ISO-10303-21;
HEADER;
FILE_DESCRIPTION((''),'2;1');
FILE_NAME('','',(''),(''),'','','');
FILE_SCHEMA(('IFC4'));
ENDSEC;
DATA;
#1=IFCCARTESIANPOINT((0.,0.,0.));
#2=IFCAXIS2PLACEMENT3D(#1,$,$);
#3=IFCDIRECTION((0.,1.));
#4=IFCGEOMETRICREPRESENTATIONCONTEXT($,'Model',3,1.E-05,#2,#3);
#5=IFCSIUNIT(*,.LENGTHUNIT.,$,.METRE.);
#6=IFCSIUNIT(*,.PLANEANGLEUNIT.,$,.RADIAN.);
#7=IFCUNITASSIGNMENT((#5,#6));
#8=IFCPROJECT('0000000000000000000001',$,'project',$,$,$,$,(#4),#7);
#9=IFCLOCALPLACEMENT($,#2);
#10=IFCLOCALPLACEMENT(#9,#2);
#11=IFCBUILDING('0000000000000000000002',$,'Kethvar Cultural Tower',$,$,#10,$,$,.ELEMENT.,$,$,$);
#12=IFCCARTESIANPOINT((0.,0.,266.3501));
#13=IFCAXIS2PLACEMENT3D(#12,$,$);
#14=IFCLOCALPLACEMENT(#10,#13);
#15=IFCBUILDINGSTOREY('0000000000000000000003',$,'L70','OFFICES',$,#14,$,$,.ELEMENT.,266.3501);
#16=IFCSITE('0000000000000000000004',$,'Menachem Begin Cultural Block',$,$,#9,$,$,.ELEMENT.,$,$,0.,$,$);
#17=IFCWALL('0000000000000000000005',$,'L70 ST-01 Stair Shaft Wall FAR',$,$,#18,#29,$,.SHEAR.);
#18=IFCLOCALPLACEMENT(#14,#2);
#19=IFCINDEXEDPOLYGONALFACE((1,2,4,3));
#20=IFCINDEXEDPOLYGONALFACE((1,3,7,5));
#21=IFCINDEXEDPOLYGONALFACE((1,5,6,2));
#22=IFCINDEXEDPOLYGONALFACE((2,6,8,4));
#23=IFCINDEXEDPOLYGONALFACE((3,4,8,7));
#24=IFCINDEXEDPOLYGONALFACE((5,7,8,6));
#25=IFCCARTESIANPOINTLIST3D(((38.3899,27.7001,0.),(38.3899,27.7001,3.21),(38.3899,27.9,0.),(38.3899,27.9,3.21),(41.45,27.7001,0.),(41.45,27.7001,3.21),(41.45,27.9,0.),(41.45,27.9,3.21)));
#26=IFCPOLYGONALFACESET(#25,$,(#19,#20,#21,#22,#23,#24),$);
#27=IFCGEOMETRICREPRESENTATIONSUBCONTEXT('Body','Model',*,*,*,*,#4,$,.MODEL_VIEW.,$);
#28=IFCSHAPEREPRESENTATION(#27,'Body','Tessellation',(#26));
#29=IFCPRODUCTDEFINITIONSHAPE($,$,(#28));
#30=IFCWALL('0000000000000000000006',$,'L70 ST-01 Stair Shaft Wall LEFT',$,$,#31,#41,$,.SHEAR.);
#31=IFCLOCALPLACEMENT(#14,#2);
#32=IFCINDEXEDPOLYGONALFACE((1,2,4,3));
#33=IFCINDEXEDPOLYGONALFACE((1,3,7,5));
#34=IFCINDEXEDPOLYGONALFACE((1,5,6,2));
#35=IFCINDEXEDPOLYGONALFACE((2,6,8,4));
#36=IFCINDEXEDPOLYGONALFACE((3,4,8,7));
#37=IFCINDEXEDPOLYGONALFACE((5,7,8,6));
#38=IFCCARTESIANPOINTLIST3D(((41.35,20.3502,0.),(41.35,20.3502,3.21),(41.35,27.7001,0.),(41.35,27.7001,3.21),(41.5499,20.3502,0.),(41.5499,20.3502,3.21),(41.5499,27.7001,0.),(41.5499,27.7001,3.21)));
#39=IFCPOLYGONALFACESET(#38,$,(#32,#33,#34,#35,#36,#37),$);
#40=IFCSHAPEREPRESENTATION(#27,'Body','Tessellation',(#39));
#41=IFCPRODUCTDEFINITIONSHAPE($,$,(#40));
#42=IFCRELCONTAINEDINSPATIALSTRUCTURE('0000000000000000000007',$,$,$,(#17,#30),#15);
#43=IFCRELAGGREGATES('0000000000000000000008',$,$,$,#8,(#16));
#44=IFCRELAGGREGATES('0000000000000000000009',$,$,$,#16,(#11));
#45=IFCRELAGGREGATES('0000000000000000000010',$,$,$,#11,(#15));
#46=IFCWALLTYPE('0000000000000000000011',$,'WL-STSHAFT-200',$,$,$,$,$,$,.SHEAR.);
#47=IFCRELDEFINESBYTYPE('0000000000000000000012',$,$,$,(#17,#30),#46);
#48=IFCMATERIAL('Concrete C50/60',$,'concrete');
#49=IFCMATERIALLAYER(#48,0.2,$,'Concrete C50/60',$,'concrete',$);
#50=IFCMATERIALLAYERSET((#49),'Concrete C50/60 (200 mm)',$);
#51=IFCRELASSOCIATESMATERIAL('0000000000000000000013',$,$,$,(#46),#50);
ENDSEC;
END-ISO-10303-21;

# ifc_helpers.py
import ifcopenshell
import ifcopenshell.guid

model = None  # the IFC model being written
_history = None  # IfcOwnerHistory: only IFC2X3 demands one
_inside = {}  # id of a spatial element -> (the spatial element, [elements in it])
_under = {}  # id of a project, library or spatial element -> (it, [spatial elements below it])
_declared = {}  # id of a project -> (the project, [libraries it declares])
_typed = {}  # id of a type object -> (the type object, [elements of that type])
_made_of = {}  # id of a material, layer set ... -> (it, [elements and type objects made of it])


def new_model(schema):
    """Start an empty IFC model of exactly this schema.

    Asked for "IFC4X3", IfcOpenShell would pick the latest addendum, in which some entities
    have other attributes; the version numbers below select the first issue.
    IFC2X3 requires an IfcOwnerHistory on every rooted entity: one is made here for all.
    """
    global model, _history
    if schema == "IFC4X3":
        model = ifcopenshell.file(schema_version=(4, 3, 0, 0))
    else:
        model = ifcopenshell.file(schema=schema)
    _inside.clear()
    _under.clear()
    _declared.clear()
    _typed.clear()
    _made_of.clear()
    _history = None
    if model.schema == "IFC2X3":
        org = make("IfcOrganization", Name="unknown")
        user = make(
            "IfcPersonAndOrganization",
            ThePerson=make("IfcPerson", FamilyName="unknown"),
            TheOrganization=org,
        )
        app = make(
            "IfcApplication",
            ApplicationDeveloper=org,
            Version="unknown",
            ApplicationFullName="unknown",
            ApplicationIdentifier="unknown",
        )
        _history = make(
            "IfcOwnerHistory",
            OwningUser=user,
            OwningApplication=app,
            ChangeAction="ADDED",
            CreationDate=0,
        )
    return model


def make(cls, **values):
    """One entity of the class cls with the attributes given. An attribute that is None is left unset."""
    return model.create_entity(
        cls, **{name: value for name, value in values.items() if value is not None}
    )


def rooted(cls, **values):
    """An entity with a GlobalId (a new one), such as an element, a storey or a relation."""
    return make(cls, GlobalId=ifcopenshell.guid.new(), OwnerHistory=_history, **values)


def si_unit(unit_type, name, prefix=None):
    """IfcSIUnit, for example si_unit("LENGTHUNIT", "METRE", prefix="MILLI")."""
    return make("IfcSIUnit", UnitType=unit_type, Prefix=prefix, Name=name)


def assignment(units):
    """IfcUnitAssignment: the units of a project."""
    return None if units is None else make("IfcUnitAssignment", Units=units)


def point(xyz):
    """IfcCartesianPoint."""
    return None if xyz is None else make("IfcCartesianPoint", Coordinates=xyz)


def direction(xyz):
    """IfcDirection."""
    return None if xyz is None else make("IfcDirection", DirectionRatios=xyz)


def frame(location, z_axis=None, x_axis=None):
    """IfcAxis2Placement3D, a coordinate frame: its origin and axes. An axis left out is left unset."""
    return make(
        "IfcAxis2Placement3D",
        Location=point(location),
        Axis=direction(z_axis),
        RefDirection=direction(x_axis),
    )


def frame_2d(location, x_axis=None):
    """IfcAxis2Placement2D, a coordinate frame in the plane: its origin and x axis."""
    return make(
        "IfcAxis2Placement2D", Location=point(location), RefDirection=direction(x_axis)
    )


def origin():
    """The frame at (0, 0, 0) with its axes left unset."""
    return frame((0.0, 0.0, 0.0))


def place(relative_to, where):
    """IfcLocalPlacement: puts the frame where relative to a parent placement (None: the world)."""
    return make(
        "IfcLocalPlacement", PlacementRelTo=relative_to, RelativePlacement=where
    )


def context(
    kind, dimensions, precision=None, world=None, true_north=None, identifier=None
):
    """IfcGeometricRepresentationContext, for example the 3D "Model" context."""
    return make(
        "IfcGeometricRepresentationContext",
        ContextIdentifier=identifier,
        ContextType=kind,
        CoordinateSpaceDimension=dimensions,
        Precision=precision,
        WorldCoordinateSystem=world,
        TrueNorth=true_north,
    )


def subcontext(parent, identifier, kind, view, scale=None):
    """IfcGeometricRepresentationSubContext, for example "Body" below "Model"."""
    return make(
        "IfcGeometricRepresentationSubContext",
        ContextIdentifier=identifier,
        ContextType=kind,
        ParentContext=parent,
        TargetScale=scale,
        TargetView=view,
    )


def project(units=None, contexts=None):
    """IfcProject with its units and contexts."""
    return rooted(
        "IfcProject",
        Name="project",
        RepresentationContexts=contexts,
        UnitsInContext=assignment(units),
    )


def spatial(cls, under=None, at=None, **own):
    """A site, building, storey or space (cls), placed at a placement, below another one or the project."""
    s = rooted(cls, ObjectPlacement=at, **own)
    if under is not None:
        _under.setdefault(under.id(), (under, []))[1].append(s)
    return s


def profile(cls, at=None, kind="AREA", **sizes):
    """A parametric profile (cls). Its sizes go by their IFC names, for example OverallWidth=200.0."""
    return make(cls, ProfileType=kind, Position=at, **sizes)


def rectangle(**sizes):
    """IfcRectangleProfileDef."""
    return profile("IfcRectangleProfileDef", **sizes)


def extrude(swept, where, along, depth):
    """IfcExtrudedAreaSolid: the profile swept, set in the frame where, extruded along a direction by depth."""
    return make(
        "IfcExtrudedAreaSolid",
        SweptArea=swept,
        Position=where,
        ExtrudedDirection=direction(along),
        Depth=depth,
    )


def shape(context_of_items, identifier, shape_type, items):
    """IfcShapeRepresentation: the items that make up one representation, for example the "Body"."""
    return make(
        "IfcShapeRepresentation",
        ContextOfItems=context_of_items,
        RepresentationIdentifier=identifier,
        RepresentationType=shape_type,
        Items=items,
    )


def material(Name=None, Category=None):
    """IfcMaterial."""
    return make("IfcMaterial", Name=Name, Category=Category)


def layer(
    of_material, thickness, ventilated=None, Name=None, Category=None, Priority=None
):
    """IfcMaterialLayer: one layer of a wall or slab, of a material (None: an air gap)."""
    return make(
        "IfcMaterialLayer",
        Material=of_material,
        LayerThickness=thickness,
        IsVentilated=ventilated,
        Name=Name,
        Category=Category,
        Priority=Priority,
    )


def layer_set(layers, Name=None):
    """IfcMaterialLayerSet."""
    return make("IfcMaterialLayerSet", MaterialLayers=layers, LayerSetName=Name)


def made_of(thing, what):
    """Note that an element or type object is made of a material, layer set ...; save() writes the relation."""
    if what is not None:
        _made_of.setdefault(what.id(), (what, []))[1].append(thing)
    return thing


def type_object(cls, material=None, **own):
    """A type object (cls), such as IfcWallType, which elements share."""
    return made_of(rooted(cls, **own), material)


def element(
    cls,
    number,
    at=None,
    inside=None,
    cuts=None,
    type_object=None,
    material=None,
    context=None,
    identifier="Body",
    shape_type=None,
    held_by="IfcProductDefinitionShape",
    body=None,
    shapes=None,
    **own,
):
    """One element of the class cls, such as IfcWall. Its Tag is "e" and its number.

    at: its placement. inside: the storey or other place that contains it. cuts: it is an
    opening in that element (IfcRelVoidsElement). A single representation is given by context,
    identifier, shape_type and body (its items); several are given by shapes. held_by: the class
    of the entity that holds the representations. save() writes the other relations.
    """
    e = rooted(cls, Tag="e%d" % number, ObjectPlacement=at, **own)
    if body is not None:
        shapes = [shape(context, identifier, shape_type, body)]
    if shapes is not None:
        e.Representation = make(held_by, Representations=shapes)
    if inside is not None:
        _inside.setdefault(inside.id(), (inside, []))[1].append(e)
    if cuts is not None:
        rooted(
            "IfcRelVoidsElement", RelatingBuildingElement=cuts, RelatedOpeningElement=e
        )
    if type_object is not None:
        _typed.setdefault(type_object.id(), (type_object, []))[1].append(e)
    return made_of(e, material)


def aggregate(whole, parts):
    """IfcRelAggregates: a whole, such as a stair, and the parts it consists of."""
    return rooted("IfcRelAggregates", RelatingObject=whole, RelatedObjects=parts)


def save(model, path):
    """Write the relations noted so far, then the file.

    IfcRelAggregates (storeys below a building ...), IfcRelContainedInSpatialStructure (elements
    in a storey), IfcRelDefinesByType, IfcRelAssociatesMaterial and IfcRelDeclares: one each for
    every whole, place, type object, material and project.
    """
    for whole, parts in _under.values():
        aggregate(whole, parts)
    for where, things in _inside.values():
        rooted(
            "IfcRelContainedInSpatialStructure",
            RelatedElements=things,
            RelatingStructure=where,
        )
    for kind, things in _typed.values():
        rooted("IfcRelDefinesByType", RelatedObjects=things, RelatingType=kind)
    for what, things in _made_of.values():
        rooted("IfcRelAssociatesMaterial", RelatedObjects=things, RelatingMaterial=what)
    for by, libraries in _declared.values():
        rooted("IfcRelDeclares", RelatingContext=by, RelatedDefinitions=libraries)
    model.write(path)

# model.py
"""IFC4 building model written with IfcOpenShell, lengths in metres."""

from ifc_helpers import new_model, si_unit, direction, frame, frame_2d, origin, place, context, subcontext, project, spatial, rectangle, extrude, material, layer, layer_set, type_object, element, save


model = new_model("IFC4")

# Units and contexts
model_context = context("Model", 3, precision=1e-05, world=origin(), true_north=direction((0.0, 1.0)))
body_context = subcontext(model_context, "Body", "Model", "MODEL_VIEW")
ifc_project = project(units=[si_unit("LENGTHUNIT", "METRE"), si_unit("PLANEANGLEUNIT", "RADIAN")], contexts=[model_context])

# Site, building, storey
site_placement = place(None, origin())
site = spatial("IfcSite", under=ifc_project, at=site_placement, Name="Menachem Begin Cultural Block", CompositionType="ELEMENT", RefElevation=0.0)
building_placement = place(site_placement, origin())
building = spatial("IfcBuilding", under=site, at=building_placement, Name="Kethvar Cultural Tower", CompositionType="ELEMENT")
storey_placement = place(building_placement, frame((0.0, 0.0, 266.3501)))
storey = spatial("IfcBuildingStorey", under=building, at=storey_placement, Name="L70", Description="OFFICES", CompositionType="ELEMENT", Elevation=266.3501)

# Shared definitions
ifc_material_1 = material(Name="Concrete C50/60", Category="concrete")

# Walls
ifc_layer_1 = layer(ifc_material_1, 0.2, Name="Concrete C50/60", Category="concrete")
ifc_layer_set_1 = layer_set([ifc_layer_1], Name="Concrete C50/60 (200 mm)")
wall_type_1 = type_object("IfcWallType", Name="WL-STSHAFT-200", PredefinedType="SHEAR", material=ifc_layer_set_1)
wall_1_placement = place(storey_placement, frame((38.3899, 27.8, 0.0), z_axis=(0.0, 0.0, 1.0), x_axis=(1.0, 0.0, 0.0)))
element("IfcWall", 1, at=wall_1_placement, inside=storey, type_object=wall_type_1, Name="L70 ST-01 Stair Shaft Wall FAR", PredefinedType="SHEAR", context=body_context, shape_type="SweptSolid", body=[
    extrude(rectangle(XDim=3.0601, YDim=0.2, at=frame_2d((1.53, 0.0))), origin(), (0.0, 0.0, 1.0), 3.21),
])
wall_2_placement = place(storey_placement, frame((41.45, 27.7, 0.0), z_axis=(0.0, 0.0, 1.0), x_axis=(0.0, -1.0, 0.0)))
element("IfcWall", 2, at=wall_2_placement, inside=storey, type_object=wall_type_1, Name="L70 ST-01 Stair Shaft Wall LEFT", PredefinedType="SHEAR", context=body_context, shape_type="SweptSolid", body=[
    extrude(rectangle(XDim=7.3499, YDim=0.2, at=frame_2d((3.6748, 0.0))), origin(), (0.0, 0.0, 1.0), 3.21),
])

save(model, "model.ifc")
